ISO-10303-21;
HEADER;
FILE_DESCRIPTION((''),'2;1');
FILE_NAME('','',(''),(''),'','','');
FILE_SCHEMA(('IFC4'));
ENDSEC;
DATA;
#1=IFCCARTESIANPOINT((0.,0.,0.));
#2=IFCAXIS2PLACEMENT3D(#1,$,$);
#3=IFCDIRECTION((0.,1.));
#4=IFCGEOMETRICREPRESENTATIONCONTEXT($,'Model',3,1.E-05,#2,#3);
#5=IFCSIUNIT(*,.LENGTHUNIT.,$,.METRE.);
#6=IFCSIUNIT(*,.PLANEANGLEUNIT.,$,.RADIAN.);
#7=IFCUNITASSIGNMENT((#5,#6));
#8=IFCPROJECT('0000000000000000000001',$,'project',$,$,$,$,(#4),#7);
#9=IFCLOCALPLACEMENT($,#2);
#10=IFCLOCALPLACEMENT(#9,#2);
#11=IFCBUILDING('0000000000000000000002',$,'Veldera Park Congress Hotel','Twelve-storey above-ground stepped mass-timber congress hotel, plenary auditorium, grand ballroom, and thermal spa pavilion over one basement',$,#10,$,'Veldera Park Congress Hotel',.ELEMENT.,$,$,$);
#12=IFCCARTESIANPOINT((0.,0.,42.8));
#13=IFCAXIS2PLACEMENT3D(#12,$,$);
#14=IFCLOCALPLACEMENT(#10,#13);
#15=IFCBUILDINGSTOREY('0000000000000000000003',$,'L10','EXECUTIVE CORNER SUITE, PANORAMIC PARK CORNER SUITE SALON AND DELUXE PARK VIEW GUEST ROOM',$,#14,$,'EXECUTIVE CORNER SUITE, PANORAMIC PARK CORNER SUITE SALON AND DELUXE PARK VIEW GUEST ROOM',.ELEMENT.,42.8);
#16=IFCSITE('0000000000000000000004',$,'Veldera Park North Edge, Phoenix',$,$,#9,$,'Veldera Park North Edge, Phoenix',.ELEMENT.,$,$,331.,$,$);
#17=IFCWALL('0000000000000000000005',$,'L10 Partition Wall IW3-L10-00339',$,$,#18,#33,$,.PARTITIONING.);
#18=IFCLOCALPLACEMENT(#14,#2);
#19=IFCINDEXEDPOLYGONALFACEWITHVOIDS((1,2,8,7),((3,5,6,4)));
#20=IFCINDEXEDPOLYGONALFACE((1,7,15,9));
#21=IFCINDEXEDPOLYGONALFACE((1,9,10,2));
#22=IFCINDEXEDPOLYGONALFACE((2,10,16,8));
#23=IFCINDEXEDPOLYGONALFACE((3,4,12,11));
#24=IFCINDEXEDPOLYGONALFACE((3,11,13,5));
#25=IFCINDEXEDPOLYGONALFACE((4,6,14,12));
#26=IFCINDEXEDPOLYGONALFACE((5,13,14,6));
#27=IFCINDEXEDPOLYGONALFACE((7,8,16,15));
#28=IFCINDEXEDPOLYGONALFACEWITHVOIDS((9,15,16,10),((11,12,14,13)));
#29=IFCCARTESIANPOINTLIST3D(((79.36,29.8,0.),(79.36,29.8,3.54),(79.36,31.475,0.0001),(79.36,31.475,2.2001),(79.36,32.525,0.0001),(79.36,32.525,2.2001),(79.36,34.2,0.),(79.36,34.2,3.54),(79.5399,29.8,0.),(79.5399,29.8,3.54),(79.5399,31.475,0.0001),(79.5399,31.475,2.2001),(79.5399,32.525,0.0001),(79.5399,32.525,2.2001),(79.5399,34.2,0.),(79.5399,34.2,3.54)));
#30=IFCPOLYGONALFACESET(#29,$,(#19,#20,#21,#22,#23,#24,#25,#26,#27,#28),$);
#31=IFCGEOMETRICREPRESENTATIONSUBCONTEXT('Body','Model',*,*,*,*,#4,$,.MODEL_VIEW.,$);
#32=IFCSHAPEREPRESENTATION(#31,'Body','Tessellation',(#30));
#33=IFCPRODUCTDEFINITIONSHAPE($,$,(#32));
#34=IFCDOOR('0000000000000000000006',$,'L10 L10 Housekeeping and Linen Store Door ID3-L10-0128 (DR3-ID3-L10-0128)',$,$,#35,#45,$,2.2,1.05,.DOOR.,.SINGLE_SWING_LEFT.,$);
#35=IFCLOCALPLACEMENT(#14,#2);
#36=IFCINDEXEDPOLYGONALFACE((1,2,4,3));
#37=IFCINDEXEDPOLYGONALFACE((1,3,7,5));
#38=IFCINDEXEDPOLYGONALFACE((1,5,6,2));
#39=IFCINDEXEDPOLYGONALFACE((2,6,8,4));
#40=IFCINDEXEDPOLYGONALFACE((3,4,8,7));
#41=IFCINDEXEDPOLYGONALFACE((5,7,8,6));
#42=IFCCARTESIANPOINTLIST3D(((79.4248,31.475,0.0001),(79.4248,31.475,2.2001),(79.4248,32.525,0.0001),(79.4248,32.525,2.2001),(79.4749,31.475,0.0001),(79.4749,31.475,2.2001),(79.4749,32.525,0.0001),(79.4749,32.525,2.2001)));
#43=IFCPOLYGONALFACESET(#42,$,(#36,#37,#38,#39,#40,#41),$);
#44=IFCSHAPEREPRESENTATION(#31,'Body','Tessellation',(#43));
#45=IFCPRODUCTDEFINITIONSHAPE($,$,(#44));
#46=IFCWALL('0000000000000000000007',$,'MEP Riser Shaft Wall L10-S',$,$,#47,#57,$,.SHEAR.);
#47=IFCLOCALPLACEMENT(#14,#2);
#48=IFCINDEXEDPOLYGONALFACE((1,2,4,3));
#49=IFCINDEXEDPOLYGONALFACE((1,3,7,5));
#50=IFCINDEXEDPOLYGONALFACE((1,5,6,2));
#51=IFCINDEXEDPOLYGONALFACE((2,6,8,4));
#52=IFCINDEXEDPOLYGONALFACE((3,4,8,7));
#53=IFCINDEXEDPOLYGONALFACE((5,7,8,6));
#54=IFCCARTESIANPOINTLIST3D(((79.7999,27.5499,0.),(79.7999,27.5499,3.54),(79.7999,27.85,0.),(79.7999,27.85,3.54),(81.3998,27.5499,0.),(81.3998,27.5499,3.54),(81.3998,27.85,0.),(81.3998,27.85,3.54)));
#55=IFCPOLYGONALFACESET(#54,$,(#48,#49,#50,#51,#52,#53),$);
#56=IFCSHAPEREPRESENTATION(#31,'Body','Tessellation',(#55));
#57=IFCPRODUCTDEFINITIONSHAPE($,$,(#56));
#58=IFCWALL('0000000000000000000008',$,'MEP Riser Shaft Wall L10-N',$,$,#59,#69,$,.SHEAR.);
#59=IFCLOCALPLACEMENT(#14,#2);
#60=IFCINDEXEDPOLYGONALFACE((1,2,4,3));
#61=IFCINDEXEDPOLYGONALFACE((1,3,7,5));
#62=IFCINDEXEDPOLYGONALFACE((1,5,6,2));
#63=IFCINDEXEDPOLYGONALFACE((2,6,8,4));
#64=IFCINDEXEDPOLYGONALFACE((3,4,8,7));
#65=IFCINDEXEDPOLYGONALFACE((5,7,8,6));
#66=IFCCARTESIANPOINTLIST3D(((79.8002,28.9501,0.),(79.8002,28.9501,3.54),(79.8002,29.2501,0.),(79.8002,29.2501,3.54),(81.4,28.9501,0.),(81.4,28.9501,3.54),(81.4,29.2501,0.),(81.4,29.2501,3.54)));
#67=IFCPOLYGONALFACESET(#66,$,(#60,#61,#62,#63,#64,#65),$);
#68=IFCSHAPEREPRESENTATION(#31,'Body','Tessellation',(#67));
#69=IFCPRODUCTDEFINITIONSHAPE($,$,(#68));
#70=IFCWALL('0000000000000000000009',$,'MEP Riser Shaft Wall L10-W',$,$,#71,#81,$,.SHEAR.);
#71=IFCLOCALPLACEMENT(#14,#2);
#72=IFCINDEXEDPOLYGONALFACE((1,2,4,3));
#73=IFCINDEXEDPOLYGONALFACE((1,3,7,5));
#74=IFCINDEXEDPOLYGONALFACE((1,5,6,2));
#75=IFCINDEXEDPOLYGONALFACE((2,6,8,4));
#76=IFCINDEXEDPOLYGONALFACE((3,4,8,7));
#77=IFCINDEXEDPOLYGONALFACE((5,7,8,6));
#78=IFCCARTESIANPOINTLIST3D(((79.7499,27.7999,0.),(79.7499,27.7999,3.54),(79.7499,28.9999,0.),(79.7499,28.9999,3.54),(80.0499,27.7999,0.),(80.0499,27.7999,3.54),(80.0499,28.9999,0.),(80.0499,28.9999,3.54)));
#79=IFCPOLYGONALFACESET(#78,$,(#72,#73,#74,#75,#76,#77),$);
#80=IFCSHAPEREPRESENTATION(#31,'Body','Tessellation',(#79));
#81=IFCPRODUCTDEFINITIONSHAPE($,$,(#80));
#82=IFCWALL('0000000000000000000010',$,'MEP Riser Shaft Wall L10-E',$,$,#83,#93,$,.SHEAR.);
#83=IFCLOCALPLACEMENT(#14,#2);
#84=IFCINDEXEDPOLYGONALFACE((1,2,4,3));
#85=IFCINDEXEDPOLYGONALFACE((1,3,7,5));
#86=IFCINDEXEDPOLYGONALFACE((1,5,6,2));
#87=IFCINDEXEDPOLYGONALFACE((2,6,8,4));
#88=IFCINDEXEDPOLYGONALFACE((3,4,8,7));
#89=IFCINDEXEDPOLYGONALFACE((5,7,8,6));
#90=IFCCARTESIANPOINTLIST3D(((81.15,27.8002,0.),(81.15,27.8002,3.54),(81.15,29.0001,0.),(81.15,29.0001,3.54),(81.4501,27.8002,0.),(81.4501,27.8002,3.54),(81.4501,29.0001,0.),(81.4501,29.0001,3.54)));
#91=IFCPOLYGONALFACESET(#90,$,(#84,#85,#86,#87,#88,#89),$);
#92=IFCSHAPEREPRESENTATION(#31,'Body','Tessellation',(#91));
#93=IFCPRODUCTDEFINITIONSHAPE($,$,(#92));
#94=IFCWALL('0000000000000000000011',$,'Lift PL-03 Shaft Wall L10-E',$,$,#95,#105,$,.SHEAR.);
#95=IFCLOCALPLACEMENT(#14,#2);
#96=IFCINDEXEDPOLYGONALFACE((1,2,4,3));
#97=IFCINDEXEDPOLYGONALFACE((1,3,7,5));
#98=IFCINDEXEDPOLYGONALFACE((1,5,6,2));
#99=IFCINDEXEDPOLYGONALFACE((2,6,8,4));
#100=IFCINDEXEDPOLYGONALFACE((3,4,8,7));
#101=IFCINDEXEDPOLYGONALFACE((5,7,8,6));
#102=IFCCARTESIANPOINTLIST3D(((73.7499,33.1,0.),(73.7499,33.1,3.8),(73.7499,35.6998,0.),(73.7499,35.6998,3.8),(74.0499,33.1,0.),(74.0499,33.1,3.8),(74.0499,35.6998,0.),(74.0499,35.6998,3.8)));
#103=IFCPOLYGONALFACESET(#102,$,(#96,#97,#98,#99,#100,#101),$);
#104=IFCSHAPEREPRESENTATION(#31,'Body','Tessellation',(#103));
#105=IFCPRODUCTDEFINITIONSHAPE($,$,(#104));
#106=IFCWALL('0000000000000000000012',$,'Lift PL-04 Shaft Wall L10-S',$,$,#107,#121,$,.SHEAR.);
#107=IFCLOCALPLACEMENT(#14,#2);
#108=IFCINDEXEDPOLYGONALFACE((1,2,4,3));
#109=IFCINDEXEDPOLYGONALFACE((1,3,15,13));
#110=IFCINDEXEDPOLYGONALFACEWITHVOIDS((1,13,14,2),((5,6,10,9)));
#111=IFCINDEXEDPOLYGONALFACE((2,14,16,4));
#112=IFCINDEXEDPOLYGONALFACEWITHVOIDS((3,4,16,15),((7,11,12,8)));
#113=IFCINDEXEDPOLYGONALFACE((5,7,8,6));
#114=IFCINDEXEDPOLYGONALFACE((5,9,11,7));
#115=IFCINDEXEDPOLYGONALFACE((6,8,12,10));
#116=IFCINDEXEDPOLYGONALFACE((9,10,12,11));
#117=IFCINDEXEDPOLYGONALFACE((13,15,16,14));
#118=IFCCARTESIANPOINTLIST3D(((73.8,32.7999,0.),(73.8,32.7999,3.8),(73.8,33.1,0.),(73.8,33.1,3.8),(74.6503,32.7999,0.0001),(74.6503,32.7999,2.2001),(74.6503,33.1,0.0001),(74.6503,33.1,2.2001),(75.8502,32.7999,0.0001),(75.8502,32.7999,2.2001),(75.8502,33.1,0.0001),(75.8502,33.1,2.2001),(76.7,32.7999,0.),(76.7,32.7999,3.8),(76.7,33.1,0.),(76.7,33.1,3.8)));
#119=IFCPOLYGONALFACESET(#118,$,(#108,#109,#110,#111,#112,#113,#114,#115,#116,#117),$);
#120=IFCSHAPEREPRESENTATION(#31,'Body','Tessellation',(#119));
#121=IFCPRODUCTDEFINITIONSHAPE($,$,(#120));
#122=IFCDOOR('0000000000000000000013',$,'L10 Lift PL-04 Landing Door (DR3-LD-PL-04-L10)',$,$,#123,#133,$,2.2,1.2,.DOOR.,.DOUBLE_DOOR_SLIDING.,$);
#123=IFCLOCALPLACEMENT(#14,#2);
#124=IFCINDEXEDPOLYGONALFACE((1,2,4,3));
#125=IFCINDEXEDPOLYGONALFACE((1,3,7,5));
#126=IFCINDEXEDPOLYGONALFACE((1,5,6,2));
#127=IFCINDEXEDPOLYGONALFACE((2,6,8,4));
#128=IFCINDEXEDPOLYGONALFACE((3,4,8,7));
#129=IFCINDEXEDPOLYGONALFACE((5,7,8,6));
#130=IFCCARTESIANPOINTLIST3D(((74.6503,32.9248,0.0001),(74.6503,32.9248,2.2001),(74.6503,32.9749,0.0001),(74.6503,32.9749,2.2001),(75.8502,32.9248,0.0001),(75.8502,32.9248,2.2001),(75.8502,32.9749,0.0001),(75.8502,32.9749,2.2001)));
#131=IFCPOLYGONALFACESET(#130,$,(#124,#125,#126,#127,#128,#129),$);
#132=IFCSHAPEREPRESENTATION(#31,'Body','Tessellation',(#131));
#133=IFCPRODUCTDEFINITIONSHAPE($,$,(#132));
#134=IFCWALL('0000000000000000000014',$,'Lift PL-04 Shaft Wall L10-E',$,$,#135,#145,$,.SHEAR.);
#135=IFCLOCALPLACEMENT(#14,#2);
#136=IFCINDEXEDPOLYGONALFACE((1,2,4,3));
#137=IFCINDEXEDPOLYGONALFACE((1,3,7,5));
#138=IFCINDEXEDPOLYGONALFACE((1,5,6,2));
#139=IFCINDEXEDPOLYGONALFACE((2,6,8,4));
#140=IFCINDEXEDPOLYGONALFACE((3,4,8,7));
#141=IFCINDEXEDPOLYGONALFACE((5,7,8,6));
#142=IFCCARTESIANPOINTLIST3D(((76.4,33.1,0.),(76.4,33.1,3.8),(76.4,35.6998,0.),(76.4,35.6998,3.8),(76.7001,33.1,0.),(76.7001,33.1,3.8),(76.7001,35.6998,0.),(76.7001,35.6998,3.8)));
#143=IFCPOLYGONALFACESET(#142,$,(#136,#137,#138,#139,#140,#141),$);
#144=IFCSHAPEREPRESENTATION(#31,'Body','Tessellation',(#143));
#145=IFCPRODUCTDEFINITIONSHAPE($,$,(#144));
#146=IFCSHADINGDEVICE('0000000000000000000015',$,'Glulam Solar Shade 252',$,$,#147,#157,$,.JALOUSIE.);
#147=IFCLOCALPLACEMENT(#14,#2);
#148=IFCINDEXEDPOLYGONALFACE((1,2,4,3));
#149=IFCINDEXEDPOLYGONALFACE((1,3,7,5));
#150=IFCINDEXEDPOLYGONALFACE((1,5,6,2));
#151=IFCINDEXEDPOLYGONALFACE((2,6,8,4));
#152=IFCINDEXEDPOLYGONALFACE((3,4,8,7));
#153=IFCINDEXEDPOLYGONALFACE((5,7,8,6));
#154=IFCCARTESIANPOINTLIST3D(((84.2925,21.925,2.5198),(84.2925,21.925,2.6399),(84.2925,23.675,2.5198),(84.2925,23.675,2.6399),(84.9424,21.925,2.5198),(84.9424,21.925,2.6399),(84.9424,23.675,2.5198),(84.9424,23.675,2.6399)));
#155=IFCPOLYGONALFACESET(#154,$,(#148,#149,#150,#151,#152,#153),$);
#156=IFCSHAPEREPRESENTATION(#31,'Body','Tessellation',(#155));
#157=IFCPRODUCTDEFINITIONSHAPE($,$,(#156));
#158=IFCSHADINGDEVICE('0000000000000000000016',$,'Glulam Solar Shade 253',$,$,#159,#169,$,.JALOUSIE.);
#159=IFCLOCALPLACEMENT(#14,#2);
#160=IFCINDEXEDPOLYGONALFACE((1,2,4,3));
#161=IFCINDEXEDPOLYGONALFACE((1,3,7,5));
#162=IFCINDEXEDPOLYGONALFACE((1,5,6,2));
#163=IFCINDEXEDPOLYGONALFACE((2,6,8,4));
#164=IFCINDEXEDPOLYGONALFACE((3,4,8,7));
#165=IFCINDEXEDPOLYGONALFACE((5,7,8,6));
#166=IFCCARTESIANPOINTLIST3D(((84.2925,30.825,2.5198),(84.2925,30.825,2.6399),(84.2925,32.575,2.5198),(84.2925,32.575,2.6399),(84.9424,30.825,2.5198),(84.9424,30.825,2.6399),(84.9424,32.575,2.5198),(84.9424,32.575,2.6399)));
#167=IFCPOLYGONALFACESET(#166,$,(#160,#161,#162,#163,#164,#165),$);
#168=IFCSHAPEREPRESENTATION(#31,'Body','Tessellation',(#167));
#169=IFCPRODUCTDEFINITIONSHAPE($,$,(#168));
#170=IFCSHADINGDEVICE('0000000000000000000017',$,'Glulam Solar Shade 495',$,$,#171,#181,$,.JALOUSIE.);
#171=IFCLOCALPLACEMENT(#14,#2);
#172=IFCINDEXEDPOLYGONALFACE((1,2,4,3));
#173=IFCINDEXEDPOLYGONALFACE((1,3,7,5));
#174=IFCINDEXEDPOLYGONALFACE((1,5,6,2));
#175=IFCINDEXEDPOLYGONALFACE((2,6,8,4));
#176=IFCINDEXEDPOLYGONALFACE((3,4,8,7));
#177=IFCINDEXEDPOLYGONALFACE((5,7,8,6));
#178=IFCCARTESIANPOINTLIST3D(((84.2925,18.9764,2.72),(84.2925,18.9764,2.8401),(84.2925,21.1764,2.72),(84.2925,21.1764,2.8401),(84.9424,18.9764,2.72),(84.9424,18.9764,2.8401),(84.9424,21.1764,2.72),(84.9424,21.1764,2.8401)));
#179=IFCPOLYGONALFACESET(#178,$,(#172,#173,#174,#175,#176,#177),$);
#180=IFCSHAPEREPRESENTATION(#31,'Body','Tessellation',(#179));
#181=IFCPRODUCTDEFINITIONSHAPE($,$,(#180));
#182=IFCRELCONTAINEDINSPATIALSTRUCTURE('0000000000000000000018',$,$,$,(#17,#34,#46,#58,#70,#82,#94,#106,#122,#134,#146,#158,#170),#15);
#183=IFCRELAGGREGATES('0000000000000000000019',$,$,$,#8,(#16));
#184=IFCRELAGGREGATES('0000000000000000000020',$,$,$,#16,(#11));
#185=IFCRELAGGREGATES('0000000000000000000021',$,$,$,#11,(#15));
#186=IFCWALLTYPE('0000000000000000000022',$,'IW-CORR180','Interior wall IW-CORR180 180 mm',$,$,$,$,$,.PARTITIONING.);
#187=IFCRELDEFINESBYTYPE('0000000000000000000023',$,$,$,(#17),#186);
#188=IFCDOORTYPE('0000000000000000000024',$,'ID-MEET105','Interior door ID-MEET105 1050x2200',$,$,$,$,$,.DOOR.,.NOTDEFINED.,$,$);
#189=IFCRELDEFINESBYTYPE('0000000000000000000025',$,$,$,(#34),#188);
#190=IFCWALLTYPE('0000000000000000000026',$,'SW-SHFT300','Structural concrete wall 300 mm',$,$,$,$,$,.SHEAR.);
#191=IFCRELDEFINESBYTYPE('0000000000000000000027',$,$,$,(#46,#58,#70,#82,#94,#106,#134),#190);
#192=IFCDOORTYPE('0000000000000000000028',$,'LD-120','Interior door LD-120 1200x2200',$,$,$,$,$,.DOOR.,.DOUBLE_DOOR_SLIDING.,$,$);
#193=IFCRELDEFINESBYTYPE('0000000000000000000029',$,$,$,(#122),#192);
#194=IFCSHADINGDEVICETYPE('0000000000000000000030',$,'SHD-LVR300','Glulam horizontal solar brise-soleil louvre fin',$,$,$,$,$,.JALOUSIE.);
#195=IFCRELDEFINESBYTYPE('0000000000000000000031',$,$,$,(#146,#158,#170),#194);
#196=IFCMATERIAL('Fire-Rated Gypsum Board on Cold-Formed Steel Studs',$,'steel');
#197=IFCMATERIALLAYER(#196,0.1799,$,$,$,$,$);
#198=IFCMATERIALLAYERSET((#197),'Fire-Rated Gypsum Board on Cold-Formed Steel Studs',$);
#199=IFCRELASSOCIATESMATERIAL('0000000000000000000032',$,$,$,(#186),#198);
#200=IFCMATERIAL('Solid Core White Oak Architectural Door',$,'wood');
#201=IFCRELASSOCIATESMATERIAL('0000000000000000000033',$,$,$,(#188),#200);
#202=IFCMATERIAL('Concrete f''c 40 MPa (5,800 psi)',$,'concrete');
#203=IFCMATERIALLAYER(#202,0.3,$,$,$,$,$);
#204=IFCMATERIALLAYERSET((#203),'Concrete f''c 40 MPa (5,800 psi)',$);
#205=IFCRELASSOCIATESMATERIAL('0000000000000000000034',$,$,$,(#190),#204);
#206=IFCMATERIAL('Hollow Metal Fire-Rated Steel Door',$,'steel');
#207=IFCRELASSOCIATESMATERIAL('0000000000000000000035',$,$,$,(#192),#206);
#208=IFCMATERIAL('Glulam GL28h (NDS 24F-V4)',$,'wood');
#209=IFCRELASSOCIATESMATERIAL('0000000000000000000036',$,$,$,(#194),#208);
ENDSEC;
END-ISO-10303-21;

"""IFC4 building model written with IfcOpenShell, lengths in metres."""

from ifc_helpers import new_model, si_unit, direction, frame, frame_2d, origin, origin_2d, place, context, subcontext, project, spatial, rectangle, extrude, material, layer, layer_set, type_object, element, fill, save


model = new_model("IFC4")

# Units and contexts
model_context = context("Model", 3, precision=1e-05, world=origin(), true_north=direction((0.0, 1.0)))
body_context = subcontext(model_context, "Body", "Model", "MODEL_VIEW")
ifc_project = project(units=[si_unit("LENGTHUNIT", "METRE"), si_unit("PLANEANGLEUNIT", "RADIAN")], contexts=[model_context])

# Site, building, storey
site_placement = place(None, origin())
site = spatial("IfcSite", under=ifc_project, at=site_placement, Name="Veldera Park North Edge, Phoenix", LongName="Veldera Park North Edge, Phoenix", CompositionType="ELEMENT", RefElevation=331.0)
building_placement = place(site_placement, origin())
building = spatial("IfcBuilding", under=site, at=building_placement, Name="Veldera Park Congress Hotel", Description="Twelve-storey above-ground stepped mass-timber congress hotel, plenary auditorium, grand ballroom, and thermal spa pavilion over one basement", LongName="Veldera Park Congress Hotel", CompositionType="ELEMENT")
storey_placement = place(building_placement, frame((0.0, 0.0, 42.8)))
storey = spatial("IfcBuildingStorey", under=building, at=storey_placement, Name="L10", Description="EXECUTIVE CORNER SUITE, PANORAMIC PARK CORNER SUITE SALON AND DELUXE PARK VIEW GUEST ROOM", LongName="EXECUTIVE CORNER SUITE, PANORAMIC PARK CORNER SUITE SALON AND DELUXE PARK VIEW GUEST ROOM", CompositionType="ELEMENT", Elevation=42.8)

# Shared definitions
ifc_material_1 = material(Name="Glulam GL28h (NDS 24F-V4)", Category="wood")

# Shared definitions
ifc_material_2 = material(Name="Fire-Rated Gypsum Board on Cold-Formed Steel Studs", Category="steel")
ifc_material_3 = material(Name="Solid Core White Oak Architectural Door", Category="wood")

# Shared definitions
ifc_layer_1 = layer(ifc_material_2, 0.1799)
ifc_layer_set_1 = layer_set([ifc_layer_1], Name="Fire-Rated Gypsum Board on Cold-Formed Steel Studs")
wall_type_1 = type_object("IfcWallType", Name="IW-CORR180", Description="Interior wall IW-CORR180 180 mm", PredefinedType="PARTITIONING", material=ifc_layer_set_1)

# Wall, opening, door
wall_1_placement = place(storey_placement, frame((79.45, 34.2, 0.0), z_axis=(0.0, 0.0, 1.0), x_axis=(0.0, -1.0, 0.0)))
wall_1 = element("IfcWall", 1, at=wall_1_placement, inside=storey, type_object=wall_type_1, Name="L10 Partition Wall IW3-L10-00339", PredefinedType="PARTITIONING", context=body_context, shape_type="SweptSolid", body=[
    extrude(rectangle(XDim=4.3999, YDim=0.1799, at=frame_2d((2.2, 0.0))), origin(), (0.0, 0.0, 1.0), 3.54),
])
opening_1_placement = place(wall_1_placement, frame((1.675, 0.0, 0.0)))
opening_1 = element("IfcOpeningElement", 2, at=opening_1_placement, cuts=wall_1, PredefinedType="OPENING", context=body_context, shape_type="SweptSolid", body=[
    extrude(rectangle(XDim=1.05, YDim=2.2, at=frame_2d((0.5249, 1.1001))), frame((0.0, 0.1021, 0.0), z_axis=(0.0, -1.0, 0.0), x_axis=(1.0, 0.0, 0.0)), (0.0, 0.0, 1.0), 0.2039),
])
door_type_1 = type_object("IfcDoorType", Name="ID-MEET105", Description="Interior door ID-MEET105 1050x2200", OperationType="NOTDEFINED", PredefinedType="DOOR", material=ifc_material_3)
door_1_placement = place(opening_1_placement, origin())
door_1 = element("IfcDoor", 3, at=door_1_placement, inside=storey, type_object=door_type_1, Name="L10 L10 Housekeeping and Linen Store Door ID3-L10-0128 (DR3-ID3-L10-0128)", OperationType="SINGLE_SWING_LEFT", OverallHeight=2.2, OverallWidth=1.05, PredefinedType="DOOR", context=body_context, shape_type="SweptSolid", body=[
    extrude(rectangle(XDim=1.05, YDim=2.2, at=frame_2d((0.5249, 1.1001))), frame((0.0, 0.0249, 0.0), z_axis=(0.0, -1.0, 0.0), x_axis=(1.0, 0.0, 0.0)), (0.0, 0.0, 1.0), 0.05),
])
fill(opening_1, door_1)

# Walls
ifc_material_4 = material(Name="Concrete f'c 40 MPa (5,800 psi)", Category="concrete")
ifc_layer_2 = layer(ifc_material_4, 0.3)
ifc_layer_set_2 = layer_set([ifc_layer_2], Name="Concrete f'c 40 MPa (5,800 psi)")
wall_type_2 = type_object("IfcWallType", Name="SW-SHFT300", Description="Structural concrete wall 300 mm", PredefinedType="SHEAR", material=ifc_layer_set_2)
for number, where, z_axis, x_axis, name in (
    (4, (79.8, 27.7, 0.0), (0.0, 0.0, 1.0), (1.0, 0.0, 0.0), "MEP Riser Shaft Wall L10-S"),
    (5, (81.3999, 29.1001, 0.0), (0.0, 0.0, 1.0), (-1.0, 0.0, 0.0), "MEP Riser Shaft Wall L10-N"),
):
    element("IfcWall", number, at=place(storey_placement, frame(where, z_axis=z_axis, x_axis=x_axis)), inside=storey, type_object=wall_type_2, Name=name, PredefinedType="SHEAR", context=body_context, shape_type="SweptSolid", body=[
        extrude(rectangle(XDim=1.5999, YDim=0.3, at=frame_2d((0.7998, 0.0))), origin(), (0.0, 0.0, 1.0), 3.54),
    ])
for number, where, z_axis, x_axis, name in (
    (6, (79.8999, 29.0, 0.0), (0.0, 0.0, 1.0), (0.0, -1.0, 0.0), "MEP Riser Shaft Wall L10-W"),
    (7, (81.3, 27.8, 0.0), (0.0, 0.0, 1.0), (0.0, 1.0, 0.0), "MEP Riser Shaft Wall L10-E"),
):
    element("IfcWall", number, at=place(storey_placement, frame(where, z_axis=z_axis, x_axis=x_axis)), inside=storey, type_object=wall_type_2, Name=name, PredefinedType="SHEAR", context=body_context, shape_type="SweptSolid", body=[
        extrude(rectangle(XDim=1.2, YDim=0.3, at=frame_2d((0.6001, 0.0))), origin(), (0.0, 0.0, 1.0), 3.54),
    ])
wall_2_placement = place(storey_placement, frame((73.8999, 33.1001, 0.0), z_axis=(0.0, 0.0, 1.0), x_axis=(0.0, 1.0, 0.0)))
element("IfcWall", 8, at=wall_2_placement, inside=storey, type_object=wall_type_2, Name="Lift PL-03 Shaft Wall L10-E", PredefinedType="SHEAR", context=body_context, shape_type="SweptSolid", body=[
    extrude(rectangle(XDim=2.5999, YDim=0.3, at=frame_2d((1.2998, 0.0))), origin(), (0.0, 0.0, 1.0), 3.8),
])

# Wall, opening, door
wall_3_placement = place(storey_placement, frame((73.8, 32.95, 0.0), z_axis=(0.0, 0.0, 1.0), x_axis=(1.0, 0.0, 0.0)))
wall_3 = element("IfcWall", 9, at=wall_3_placement, inside=storey, type_object=wall_type_2, Name="Lift PL-04 Shaft Wall L10-S", PredefinedType="SHEAR", context=body_context, shape_type="SweptSolid", body=[
    extrude(rectangle(XDim=2.8999, YDim=0.3, at=frame_2d((1.45, 0.0))), origin(), (0.0, 0.0, 1.0), 3.8),
])
opening_2_placement = place(wall_3_placement, frame((0.8501, 0.0, 0.0)))
opening_2 = element("IfcOpeningElement", 10, at=opening_2_placement, cuts=wall_3, PredefinedType="OPENING", context=body_context, shape_type="SweptSolid", body=[
    extrude(rectangle(XDim=1.2, YDim=2.2, at=frame_2d((0.6001, 1.1001))), frame((0.0, 0.1621, 0.0), z_axis=(0.0, -1.0, 0.0), x_axis=(1.0, 0.0, 0.0)), (0.0, 0.0, 1.0), 0.324),
])
ifc_material_5 = material(Name="Hollow Metal Fire-Rated Steel Door", Category="steel")
door_type_2 = type_object("IfcDoorType", Name="LD-120", Description="Interior door LD-120 1200x2200", OperationType="DOUBLE_DOOR_SLIDING", PredefinedType="DOOR", material=ifc_material_5)
door_2_placement = place(opening_2_placement, origin())
door_2 = element("IfcDoor", 11, at=door_2_placement, inside=storey, type_object=door_type_2, Name="L10 Lift PL-04 Landing Door (DR3-LD-PL-04-L10)", OperationType="DOUBLE_DOOR_SLIDING", OverallHeight=2.2, OverallWidth=1.2, PredefinedType="DOOR", context=body_context, shape_type="SweptSolid", body=[
    extrude(rectangle(XDim=1.2, YDim=2.2, at=frame_2d((0.6001, 1.1001))), frame((0.0, 0.0249, 0.0), z_axis=(0.0, -1.0, 0.0), x_axis=(1.0, 0.0, 0.0)), (0.0, 0.0, 1.0), 0.05),
])
fill(opening_2, door_2)

# Wall
wall_4_placement = place(storey_placement, frame((76.55, 33.1001, 0.0), z_axis=(0.0, 0.0, 1.0), x_axis=(0.0, 1.0, 0.0)))
element("IfcWall", 12, at=wall_4_placement, inside=storey, type_object=wall_type_2, Name="Lift PL-04 Shaft Wall L10-E", PredefinedType="SHEAR", context=body_context, shape_type="SweptSolid", body=[
    extrude(rectangle(XDim=2.5999, YDim=0.3, at=frame_2d((1.2998, 0.0))), origin(), (0.0, 0.0, 1.0), 3.8),
])

# Shading devices
shading_device_type = type_object("IfcShadingDeviceType", Name="SHD-LVR300", Description="Glulam horizontal solar brise-soleil louvre fin", PredefinedType="JALOUSIE", material=ifc_material_1)
for number, where, z_axis, x_axis, name in (
    (13, (84.6174, 22.8, 2.5198), (0.0, 0.0, 1.0), (0.0, 1.0, 0.0), "Glulam Solar Shade 252"),
    (14, (84.6174, 31.7, 2.5198), (0.0, 0.0, 1.0), (0.0, 1.0, 0.0), "Glulam Solar Shade 253"),
):
    element("IfcShadingDevice", number, at=place(storey_placement, frame(where, z_axis=z_axis, x_axis=x_axis)), inside=storey, type_object=shading_device_type, Name=name, PredefinedType="JALOUSIE", context=body_context, shape_type="SweptSolid", body=[
        extrude(rectangle(XDim=1.75, YDim=0.6499, at=origin_2d()), origin(), (0.0, 0.0, 1.0), 0.1201),
    ])
shading_device_placement = place(storey_placement, frame((84.6174, 20.0764, 2.72), z_axis=(0.0, 0.0, 1.0), x_axis=(0.0, 1.0, 0.0)))
element("IfcShadingDevice", 15, at=shading_device_placement, inside=storey, type_object=shading_device_type, Name="Glulam Solar Shade 495", PredefinedType="JALOUSIE", context=body_context, shape_type="SweptSolid", body=[
    extrude(rectangle(XDim=2.2, YDim=0.6499, at=origin_2d()), origin(), (0.0, 0.0, 1.0), 0.1201),
])

save(model, "model.ifc")
